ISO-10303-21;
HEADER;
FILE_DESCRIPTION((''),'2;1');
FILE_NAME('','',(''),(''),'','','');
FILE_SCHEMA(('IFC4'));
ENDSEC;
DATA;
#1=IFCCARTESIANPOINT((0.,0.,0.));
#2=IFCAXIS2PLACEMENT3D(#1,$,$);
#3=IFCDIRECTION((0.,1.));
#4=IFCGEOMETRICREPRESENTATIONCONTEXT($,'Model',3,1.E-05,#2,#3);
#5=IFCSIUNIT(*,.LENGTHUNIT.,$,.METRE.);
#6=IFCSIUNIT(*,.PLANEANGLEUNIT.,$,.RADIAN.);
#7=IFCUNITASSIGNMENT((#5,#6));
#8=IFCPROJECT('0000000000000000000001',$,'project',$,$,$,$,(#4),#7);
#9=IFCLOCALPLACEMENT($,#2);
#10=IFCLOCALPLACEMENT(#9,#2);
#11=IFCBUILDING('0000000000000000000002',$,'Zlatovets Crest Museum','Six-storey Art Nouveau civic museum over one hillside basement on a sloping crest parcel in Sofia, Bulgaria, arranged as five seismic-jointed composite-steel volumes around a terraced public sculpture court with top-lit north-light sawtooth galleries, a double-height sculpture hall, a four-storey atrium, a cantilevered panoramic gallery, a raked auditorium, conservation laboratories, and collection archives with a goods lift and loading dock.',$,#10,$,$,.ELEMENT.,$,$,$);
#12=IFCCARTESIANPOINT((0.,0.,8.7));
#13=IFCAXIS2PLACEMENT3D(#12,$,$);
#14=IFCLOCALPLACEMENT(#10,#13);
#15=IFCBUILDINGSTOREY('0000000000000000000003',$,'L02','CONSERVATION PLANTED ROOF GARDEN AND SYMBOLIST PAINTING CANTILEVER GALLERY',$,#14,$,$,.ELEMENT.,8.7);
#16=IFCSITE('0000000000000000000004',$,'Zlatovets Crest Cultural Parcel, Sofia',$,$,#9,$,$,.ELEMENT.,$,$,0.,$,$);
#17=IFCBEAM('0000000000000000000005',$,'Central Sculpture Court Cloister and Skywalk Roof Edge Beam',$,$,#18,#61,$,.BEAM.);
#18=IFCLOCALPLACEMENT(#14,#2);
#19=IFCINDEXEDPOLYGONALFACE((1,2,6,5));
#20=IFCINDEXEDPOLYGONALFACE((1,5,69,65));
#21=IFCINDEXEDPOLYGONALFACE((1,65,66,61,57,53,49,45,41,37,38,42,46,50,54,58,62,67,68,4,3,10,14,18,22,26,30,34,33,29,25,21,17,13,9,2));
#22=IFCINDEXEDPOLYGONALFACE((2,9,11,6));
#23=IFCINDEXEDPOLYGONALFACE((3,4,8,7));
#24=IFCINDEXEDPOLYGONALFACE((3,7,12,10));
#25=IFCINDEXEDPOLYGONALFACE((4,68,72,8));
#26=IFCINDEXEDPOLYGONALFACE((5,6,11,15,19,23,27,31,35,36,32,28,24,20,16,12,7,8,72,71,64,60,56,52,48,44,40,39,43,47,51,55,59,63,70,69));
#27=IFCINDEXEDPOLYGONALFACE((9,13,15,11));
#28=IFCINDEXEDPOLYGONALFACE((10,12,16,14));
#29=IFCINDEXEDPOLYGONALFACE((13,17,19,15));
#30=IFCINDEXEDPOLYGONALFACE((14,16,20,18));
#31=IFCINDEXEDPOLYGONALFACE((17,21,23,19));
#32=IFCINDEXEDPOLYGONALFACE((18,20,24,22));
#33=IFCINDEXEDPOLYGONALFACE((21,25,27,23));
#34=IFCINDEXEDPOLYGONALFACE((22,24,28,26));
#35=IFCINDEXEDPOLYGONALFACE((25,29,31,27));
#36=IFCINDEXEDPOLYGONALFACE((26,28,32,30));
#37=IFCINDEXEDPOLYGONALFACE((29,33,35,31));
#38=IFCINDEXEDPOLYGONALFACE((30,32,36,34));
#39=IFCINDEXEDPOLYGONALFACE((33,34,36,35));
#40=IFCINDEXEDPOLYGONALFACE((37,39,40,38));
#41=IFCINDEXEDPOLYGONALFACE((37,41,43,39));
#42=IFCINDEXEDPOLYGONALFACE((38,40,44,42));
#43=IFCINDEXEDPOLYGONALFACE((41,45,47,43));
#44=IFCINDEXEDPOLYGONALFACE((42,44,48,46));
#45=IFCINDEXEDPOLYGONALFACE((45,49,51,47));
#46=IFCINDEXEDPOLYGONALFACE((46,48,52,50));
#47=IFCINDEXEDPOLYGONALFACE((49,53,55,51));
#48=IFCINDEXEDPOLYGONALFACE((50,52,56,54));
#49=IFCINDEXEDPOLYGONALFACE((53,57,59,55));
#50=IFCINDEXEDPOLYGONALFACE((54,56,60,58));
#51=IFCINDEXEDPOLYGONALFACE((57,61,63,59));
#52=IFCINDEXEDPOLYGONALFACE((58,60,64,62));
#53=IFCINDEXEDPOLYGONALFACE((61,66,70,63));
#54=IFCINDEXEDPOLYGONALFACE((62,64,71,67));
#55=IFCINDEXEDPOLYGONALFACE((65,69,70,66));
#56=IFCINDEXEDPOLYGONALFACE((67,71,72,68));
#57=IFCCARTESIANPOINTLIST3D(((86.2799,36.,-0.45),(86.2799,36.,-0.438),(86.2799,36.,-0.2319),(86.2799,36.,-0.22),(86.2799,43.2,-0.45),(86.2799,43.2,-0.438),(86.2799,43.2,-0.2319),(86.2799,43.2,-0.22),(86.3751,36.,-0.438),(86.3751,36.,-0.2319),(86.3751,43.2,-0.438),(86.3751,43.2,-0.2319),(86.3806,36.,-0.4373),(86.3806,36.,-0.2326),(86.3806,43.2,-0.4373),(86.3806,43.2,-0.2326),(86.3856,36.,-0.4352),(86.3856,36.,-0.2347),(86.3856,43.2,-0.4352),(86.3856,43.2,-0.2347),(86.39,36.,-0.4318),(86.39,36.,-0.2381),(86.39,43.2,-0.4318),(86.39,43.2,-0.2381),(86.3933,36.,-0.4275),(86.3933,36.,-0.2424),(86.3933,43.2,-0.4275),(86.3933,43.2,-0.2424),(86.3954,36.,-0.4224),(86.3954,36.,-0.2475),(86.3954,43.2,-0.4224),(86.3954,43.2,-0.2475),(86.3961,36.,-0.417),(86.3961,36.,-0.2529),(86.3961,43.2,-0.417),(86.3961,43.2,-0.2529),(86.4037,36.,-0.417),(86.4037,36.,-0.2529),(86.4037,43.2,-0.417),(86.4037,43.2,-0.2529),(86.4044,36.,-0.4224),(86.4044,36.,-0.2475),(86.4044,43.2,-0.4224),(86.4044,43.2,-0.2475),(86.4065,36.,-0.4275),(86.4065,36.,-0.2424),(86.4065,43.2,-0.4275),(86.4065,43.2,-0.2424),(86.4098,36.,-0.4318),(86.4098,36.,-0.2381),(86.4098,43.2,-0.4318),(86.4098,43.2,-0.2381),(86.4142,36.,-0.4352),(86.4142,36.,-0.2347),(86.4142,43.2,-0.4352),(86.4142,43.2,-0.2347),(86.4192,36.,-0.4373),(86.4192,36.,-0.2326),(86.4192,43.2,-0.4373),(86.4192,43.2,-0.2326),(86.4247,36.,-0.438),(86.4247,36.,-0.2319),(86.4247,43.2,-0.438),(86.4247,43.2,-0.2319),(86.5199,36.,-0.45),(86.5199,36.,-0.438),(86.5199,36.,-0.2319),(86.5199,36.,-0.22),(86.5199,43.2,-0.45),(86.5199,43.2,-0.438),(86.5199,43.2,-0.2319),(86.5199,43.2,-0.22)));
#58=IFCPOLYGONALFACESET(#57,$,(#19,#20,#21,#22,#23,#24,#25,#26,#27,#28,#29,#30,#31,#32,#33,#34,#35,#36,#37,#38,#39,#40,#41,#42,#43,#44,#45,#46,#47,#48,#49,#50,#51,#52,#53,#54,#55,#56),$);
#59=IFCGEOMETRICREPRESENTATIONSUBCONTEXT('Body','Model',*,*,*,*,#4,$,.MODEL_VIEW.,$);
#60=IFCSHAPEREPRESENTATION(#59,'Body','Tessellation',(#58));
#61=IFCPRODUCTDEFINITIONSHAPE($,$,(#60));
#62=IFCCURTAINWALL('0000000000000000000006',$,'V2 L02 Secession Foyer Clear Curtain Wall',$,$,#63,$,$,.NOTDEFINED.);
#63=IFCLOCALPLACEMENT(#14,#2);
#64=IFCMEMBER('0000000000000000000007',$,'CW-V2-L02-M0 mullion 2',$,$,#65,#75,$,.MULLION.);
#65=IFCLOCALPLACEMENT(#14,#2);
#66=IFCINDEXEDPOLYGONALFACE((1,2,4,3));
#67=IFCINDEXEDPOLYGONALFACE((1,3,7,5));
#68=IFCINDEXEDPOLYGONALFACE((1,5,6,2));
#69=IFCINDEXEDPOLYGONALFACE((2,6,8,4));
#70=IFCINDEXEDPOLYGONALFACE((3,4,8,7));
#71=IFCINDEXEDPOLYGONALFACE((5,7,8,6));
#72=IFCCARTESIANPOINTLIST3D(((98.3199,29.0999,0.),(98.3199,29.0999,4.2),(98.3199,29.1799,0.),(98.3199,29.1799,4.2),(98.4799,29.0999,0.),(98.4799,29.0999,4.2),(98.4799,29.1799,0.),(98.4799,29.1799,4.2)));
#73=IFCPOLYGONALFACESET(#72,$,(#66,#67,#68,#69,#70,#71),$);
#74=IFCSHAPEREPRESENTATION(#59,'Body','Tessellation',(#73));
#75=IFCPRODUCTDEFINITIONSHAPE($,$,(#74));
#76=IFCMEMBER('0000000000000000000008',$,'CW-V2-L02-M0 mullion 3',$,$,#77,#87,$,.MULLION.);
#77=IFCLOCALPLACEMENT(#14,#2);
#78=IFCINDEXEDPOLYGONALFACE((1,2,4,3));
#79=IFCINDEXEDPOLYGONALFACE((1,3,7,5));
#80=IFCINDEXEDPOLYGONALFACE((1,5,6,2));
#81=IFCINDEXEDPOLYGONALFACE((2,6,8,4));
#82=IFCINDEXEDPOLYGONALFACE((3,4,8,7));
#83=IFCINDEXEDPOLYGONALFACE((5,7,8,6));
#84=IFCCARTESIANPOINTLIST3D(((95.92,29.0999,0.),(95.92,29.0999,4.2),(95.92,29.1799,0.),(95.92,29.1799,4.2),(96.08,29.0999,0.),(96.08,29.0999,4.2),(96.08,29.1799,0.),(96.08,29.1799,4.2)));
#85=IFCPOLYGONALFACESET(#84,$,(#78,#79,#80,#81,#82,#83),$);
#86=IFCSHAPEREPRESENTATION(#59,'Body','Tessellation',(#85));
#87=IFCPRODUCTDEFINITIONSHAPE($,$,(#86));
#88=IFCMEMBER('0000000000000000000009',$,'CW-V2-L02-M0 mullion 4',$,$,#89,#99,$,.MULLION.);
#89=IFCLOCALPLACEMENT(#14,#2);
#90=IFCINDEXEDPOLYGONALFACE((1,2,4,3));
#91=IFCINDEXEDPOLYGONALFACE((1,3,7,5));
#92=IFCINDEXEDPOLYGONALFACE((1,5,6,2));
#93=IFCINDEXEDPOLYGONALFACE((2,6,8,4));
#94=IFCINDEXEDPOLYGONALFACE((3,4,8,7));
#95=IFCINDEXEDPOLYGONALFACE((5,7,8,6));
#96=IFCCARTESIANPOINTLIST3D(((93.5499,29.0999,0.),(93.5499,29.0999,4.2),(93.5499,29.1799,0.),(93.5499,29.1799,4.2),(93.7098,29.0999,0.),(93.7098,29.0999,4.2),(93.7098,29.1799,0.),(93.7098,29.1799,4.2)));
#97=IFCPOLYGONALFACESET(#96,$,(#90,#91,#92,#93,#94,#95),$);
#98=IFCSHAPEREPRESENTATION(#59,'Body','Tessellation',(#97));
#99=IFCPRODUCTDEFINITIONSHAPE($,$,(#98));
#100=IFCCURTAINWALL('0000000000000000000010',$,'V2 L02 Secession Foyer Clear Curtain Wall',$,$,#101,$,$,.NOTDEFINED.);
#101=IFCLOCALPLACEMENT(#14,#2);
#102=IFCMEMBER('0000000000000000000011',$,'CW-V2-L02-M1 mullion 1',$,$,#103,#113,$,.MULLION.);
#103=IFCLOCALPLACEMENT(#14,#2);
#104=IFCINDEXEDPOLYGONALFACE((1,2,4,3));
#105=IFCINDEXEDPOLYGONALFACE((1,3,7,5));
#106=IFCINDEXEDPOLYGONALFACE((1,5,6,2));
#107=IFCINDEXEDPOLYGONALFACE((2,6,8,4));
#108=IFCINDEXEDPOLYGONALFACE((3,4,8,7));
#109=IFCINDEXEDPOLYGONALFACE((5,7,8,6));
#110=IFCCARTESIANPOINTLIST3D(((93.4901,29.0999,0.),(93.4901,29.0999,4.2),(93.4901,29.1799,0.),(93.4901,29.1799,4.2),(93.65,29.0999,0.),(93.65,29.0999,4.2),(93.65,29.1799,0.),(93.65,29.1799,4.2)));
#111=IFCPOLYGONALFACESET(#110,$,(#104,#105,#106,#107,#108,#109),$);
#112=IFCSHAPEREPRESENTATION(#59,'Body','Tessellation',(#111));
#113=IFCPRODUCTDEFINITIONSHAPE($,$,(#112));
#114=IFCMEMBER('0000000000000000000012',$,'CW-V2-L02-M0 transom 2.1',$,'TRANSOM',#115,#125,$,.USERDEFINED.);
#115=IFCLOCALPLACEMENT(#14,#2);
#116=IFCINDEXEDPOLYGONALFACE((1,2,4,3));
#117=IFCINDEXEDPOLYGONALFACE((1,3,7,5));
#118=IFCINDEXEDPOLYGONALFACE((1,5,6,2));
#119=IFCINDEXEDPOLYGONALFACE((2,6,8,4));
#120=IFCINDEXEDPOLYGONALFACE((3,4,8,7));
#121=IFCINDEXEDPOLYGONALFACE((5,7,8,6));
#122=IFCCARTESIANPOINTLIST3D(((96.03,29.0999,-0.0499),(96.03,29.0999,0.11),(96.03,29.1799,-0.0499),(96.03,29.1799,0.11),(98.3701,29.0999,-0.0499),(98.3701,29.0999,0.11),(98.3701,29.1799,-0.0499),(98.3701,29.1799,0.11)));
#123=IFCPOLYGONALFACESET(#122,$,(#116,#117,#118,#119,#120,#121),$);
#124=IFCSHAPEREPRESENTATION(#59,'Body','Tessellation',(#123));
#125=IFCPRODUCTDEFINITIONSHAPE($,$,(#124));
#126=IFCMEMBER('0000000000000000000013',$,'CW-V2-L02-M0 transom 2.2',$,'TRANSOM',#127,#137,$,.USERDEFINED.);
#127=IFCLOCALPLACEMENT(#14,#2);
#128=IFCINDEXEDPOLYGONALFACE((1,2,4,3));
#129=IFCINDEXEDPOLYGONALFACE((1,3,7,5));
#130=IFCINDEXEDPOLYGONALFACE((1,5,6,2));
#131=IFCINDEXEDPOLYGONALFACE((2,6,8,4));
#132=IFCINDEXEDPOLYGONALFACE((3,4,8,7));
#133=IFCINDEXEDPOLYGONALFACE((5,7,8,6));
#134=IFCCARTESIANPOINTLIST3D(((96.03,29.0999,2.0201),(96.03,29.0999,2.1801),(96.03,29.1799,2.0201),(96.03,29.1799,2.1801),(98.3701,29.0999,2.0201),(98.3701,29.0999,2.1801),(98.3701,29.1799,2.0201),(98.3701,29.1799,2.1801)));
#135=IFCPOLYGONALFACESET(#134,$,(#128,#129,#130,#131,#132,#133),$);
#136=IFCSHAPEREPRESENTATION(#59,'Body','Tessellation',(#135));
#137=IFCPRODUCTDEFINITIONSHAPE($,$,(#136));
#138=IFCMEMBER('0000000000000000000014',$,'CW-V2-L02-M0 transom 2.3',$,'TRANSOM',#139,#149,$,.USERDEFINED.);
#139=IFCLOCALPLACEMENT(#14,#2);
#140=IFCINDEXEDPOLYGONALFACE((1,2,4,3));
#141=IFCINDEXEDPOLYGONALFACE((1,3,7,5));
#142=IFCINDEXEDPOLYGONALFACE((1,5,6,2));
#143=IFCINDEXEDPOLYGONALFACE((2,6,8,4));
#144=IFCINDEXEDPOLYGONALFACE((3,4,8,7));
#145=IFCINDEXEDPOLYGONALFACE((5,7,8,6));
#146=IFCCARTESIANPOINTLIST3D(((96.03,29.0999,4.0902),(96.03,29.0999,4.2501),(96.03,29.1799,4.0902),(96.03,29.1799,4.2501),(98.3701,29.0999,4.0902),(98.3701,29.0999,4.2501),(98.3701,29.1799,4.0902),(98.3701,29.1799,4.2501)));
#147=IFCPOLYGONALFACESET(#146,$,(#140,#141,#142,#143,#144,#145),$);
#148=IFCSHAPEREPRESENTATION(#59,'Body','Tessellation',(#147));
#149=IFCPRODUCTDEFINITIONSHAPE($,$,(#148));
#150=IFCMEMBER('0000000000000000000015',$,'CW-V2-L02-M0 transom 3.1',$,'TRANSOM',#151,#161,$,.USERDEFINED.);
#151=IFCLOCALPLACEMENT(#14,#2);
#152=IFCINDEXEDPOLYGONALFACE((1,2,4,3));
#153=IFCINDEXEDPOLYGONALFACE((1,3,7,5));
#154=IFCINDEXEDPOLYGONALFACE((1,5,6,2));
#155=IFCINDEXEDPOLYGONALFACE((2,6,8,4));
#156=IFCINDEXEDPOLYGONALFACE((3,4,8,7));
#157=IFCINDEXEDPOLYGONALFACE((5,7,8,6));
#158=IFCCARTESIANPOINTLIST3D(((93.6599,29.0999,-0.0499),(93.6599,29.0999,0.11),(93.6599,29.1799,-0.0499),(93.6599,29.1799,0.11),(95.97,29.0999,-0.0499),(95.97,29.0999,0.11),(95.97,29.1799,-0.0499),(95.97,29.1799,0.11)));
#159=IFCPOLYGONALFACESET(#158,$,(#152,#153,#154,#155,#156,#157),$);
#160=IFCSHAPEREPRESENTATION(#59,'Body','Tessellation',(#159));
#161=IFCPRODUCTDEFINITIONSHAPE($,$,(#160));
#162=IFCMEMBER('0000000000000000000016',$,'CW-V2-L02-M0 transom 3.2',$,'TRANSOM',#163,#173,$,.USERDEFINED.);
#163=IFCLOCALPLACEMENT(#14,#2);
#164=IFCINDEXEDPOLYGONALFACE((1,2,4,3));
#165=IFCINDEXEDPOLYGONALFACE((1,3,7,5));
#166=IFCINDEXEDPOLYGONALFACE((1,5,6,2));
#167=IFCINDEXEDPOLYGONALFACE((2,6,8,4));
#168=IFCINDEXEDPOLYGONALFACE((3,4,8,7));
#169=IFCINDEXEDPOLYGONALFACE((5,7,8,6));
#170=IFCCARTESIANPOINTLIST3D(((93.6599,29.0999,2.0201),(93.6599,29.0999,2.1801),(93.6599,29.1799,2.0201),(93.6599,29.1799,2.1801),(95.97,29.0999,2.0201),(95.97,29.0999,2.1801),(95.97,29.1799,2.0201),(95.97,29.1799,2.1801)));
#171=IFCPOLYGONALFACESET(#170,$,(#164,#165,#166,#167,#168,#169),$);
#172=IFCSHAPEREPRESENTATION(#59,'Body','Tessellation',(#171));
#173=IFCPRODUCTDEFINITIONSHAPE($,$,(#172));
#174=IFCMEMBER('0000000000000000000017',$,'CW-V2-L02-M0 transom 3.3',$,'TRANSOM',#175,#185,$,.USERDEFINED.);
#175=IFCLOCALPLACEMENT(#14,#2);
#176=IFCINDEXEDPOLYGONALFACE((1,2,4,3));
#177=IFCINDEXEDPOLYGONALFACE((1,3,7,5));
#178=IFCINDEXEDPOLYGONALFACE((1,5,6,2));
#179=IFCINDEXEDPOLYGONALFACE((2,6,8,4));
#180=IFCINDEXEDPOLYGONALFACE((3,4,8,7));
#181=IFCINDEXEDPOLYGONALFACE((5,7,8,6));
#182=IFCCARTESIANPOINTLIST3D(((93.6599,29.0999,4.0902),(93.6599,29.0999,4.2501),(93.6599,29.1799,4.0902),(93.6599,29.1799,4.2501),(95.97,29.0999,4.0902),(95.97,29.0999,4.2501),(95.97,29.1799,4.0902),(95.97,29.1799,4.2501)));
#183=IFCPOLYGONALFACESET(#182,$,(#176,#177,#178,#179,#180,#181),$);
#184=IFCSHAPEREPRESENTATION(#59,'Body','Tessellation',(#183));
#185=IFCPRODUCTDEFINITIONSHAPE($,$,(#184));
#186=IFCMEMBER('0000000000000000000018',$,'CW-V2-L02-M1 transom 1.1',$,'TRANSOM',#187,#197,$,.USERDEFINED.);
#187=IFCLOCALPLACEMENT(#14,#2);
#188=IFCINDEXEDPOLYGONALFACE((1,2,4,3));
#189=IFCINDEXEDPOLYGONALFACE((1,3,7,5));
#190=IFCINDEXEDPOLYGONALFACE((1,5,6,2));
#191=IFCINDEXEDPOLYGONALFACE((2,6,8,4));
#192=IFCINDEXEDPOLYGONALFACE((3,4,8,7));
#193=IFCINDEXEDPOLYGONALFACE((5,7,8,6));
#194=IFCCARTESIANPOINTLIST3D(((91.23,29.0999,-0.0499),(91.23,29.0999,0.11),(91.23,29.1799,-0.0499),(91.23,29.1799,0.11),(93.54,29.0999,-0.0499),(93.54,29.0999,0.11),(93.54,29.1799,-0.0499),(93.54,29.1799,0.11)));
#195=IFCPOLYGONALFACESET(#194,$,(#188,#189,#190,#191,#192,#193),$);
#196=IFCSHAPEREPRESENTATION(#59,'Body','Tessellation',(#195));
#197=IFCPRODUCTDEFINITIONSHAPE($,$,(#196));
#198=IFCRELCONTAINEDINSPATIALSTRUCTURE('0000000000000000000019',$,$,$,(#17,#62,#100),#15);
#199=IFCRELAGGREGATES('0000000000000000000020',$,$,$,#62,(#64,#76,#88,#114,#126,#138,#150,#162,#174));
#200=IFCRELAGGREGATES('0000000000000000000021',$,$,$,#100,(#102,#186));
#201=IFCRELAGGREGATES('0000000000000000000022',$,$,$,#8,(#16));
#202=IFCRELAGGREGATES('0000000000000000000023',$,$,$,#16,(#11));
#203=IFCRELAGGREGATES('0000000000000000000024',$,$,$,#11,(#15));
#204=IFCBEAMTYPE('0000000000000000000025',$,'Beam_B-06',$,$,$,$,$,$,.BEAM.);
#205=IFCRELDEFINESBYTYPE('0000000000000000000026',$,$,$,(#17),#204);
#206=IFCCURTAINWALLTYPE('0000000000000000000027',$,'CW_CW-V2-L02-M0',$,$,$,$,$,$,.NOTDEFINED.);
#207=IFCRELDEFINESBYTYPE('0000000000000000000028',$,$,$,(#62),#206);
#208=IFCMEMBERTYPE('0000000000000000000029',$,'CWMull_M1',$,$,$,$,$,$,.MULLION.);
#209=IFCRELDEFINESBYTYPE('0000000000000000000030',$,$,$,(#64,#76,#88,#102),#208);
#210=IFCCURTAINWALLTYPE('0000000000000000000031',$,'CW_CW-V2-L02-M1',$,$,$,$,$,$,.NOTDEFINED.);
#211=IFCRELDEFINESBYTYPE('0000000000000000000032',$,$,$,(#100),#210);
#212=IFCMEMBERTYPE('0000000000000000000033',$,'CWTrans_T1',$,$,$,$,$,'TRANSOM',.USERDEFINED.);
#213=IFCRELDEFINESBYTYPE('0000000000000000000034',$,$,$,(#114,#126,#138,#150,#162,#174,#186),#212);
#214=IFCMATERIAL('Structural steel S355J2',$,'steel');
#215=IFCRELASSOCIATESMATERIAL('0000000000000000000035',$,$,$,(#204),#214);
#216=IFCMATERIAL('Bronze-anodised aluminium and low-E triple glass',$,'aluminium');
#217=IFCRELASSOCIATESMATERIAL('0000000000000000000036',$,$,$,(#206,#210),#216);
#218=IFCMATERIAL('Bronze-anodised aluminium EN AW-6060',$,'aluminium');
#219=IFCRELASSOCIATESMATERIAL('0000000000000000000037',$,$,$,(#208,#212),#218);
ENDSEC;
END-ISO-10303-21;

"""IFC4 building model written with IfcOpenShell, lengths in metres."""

from ifc_helpers import new_model, si_unit, direction, frame, origin, origin_2d, place, context, subcontext, project, spatial, rectangle, i_section, extrude, material, material_profile, profile_set, type_object, element, aggregate, save


model = new_model("IFC4")

# Units and contexts
model_context = context("Model", 3, precision=1e-05, world=origin(), true_north=direction((0.0, 1.0)))
body_context = subcontext(model_context, "Body", "Model", "MODEL_VIEW")
ifc_project = project(units=[si_unit("LENGTHUNIT", "METRE"), si_unit("PLANEANGLEUNIT", "RADIAN")], contexts=[model_context])

# Site, building, storey
site_placement = place(None, origin())
site = spatial("IfcSite", under=ifc_project, at=site_placement, Name="Zlatovets Crest Cultural Parcel, Sofia", CompositionType="ELEMENT", RefElevation=0.0)
building_placement = place(site_placement, origin())
building = spatial("IfcBuilding", under=site, at=building_placement, Name="Zlatovets Crest Museum", Description="Six-storey Art Nouveau civic museum over one hillside basement on a sloping crest parcel in Sofia, Bulgaria, arranged as five seismic-jointed composite-steel volumes around a terraced public sculpture court with top-lit north-light sawtooth galleries, a double-height sculpture hall, a four-storey atrium, a cantilevered panoramic gallery, a raked auditorium, conservation laboratories, and collection archives with a goods lift and loading dock.", CompositionType="ELEMENT")
storey_placement = place(building_placement, frame((0.0, 0.0, 8.7)))
storey = spatial("IfcBuildingStorey", under=building, at=storey_placement, Name="L02", Description="CONSERVATION PLANTED ROOF GARDEN AND SYMBOLIST PAINTING CANTILEVER GALLERY", CompositionType="ELEMENT", Elevation=8.7)

# Beam
ifc_material_1 = material(Name="Structural steel S355J2", Category="steel")
ifc_material_profile_1 = material_profile(ifc_material_1, i_section(OverallWidth=0.24, OverallDepth=0.23, WebThickness=0.0076, FlangeThickness=0.012, FilletRadius=0.021, at=origin_2d()), Name="HEA 240")
ifc_profile_set_1 = profile_set([ifc_material_profile_1], Name="Structural steel S355J2")
beam_type = type_object("IfcBeamType", Name="Beam_B-06", PredefinedType="BEAM", material=ifc_profile_set_1)
beam_placement = place(storey_placement, frame((86.3999, 36.0, -0.335), z_axis=(0.0, 1.0, 0.0), x_axis=(-1.0, 0.0, 0.0)))
element("IfcBeam", 1, at=beam_placement, inside=storey, type_object=beam_type, Name="Central Sculpture Court Cloister and Skywalk Roof Edge Beam", PredefinedType="BEAM", context=body_context, shape_type="SweptSolid", body=[
    extrude(i_section(OverallWidth=0.24, OverallDepth=0.23, WebThickness=0.0076, FlangeThickness=0.012, FilletRadius=0.021, at=origin_2d()), origin(), (0.0, 0.0, 1.0), 7.2),
])

# Curtain wall, members
ifc_material_2 = material(Name="Bronze-anodised aluminium and low-E triple glass", Category="aluminium")
curtain_wall_type_1 = type_object("IfcCurtainWallType", Name="CW_CW-V2-L02-M0", PredefinedType="NOTDEFINED", material=ifc_material_2)
curtain_wall_1_placement = place(storey_placement, origin())
curtain_wall_1 = element("IfcCurtainWall", 2, at=curtain_wall_1_placement, inside=storey, type_object=curtain_wall_type_1, Name="V2 L02 Secession Foyer Clear Curtain Wall", PredefinedType="NOTDEFINED")
ifc_material_3 = material(Name="Bronze-anodised aluminium EN AW-6060", Category="aluminium")
ifc_material_profile_2 = material_profile(ifc_material_3, rectangle(XDim=0.0801, YDim=0.1599, at=origin_2d()), Name="ALU 80x160")
ifc_profile_set_2 = profile_set([ifc_material_profile_2], Name="Bronze-anodised aluminium EN AW-6060")
member_type_1 = type_object("IfcMemberType", Name="CWMull_M1", PredefinedType="MULLION", material=ifc_profile_set_2)
member_1_placement = place(storey_placement, frame((98.3999, 29.1399, 0.0), z_axis=(0.0, 0.0, 1.0), x_axis=(0.0, -1.0, 0.0)))
member_1 = element("IfcMember", 3, at=member_1_placement, type_object=member_type_1, Name="CW-V2-L02-M0 mullion 2", PredefinedType="MULLION", context=body_context, shape_type="SweptSolid", body=[
    extrude(rectangle(XDim=0.0801, YDim=0.1599, at=origin_2d()), origin(), (0.0, 0.0, 1.0), 4.2),
])
member_2_placement = place(storey_placement, frame((96.0, 29.1399, 0.0), z_axis=(0.0, 0.0, 1.0), x_axis=(0.0, -1.0, 0.0)))
member_2 = element("IfcMember", 4, at=member_2_placement, type_object=member_type_1, Name="CW-V2-L02-M0 mullion 3", PredefinedType="MULLION", context=body_context, shape_type="SweptSolid", body=[
    extrude(rectangle(XDim=0.0801, YDim=0.1599, at=origin_2d()), origin(), (0.0, 0.0, 1.0), 4.2),
])
member_3_placement = place(storey_placement, frame((93.6299, 29.1399, 0.0), z_axis=(0.0, 0.0, 1.0), x_axis=(0.0, -1.0, 0.0)))
member_3 = element("IfcMember", 5, at=member_3_placement, type_object=member_type_1, Name="CW-V2-L02-M0 mullion 4", PredefinedType="MULLION", context=body_context, shape_type="SweptSolid", body=[
    extrude(rectangle(XDim=0.0801, YDim=0.1599, at=origin_2d()), origin(), (0.0, 0.0, 1.0), 4.2),
])

# Curtain wall, member
curtain_wall_type_2 = type_object("IfcCurtainWallType", Name="CW_CW-V2-L02-M1", PredefinedType="NOTDEFINED", material=ifc_material_2)
curtain_wall_2_placement = place(storey_placement, origin())
curtain_wall_2 = element("IfcCurtainWall", 6, at=curtain_wall_2_placement, inside=storey, type_object=curtain_wall_type_2, Name="V2 L02 Secession Foyer Clear Curtain Wall", PredefinedType="NOTDEFINED")
member_4_placement = place(storey_placement, frame((93.5701, 29.1399, 0.0), z_axis=(0.0, 0.0, 1.0), x_axis=(0.0, -1.0, 0.0)))
member_4 = element("IfcMember", 7, at=member_4_placement, type_object=member_type_1, Name="CW-V2-L02-M1 mullion 1", PredefinedType="MULLION", context=body_context, shape_type="SweptSolid", body=[
    extrude(rectangle(XDim=0.0801, YDim=0.1599, at=origin_2d()), origin(), (0.0, 0.0, 1.0), 4.2),
])

# Members
ifc_material_profile_3 = material_profile(ifc_material_3, rectangle(XDim=0.0801, YDim=0.1599, at=origin_2d()), Name="ALU 80x160")
ifc_profile_set_3 = profile_set([ifc_material_profile_3], Name="Bronze-anodised aluminium EN AW-6060")
member_type_2 = type_object("IfcMemberType", Name="CWTrans_T1", ElementType="TRANSOM", PredefinedType="USERDEFINED", material=ifc_profile_set_3)
member_5_placement = place(storey_placement, frame((98.3701, 29.1399, 0.03), z_axis=(-1.0, 0.0, 0.0), x_axis=(0.0, -1.0, 0.0)))
member_5 = element("IfcMember", 8, at=member_5_placement, type_object=member_type_2, Name="CW-V2-L02-M0 transom 2.1", ObjectType="TRANSOM", PredefinedType="USERDEFINED", context=body_context, shape_type="SweptSolid", body=[
    extrude(rectangle(XDim=0.0801, YDim=0.1599, at=origin_2d()), origin(), (0.0, 0.0, 1.0), 2.3401),
])
member_6_placement = place(storey_placement, frame((98.3701, 29.1399, 2.1001), z_axis=(-1.0, 0.0, 0.0), x_axis=(0.0, -1.0, 0.0)))
member_6 = element("IfcMember", 9, at=member_6_placement, type_object=member_type_2, Name="CW-V2-L02-M0 transom 2.2", ObjectType="TRANSOM", PredefinedType="USERDEFINED", context=body_context, shape_type="SweptSolid", body=[
    extrude(rectangle(XDim=0.0801, YDim=0.1599, at=origin_2d()), origin(), (0.0, 0.0, 1.0), 2.3401),
])
member_7_placement = place(storey_placement, frame((98.3701, 29.1399, 4.1702), z_axis=(-1.0, 0.0, 0.0), x_axis=(0.0, -1.0, 0.0)))
member_7 = element("IfcMember", 10, at=member_7_placement, type_object=member_type_2, Name="CW-V2-L02-M0 transom 2.3", ObjectType="TRANSOM", PredefinedType="USERDEFINED", context=body_context, shape_type="SweptSolid", body=[
    extrude(rectangle(XDim=0.0801, YDim=0.1599, at=origin_2d()), origin(), (0.0, 0.0, 1.0), 2.3401),
])
member_8_placement = place(storey_placement, frame((95.97, 29.1399, 0.03), z_axis=(-1.0, 0.0, 0.0), x_axis=(0.0, -1.0, 0.0)))
member_8 = element("IfcMember", 11, at=member_8_placement, type_object=member_type_2, Name="CW-V2-L02-M0 transom 3.1", ObjectType="TRANSOM", PredefinedType="USERDEFINED", context=body_context, shape_type="SweptSolid", body=[
    extrude(rectangle(XDim=0.0801, YDim=0.1599, at=origin_2d()), origin(), (0.0, 0.0, 1.0), 2.3101),
])
member_9_placement = place(storey_placement, frame((95.97, 29.1399, 2.1001), z_axis=(-1.0, 0.0, 0.0), x_axis=(0.0, -1.0, 0.0)))
member_9 = element("IfcMember", 12, at=member_9_placement, type_object=member_type_2, Name="CW-V2-L02-M0 transom 3.2", ObjectType="TRANSOM", PredefinedType="USERDEFINED", context=body_context, shape_type="SweptSolid", body=[
    extrude(rectangle(XDim=0.0801, YDim=0.1599, at=origin_2d()), origin(), (0.0, 0.0, 1.0), 2.3101),
])
member_10_placement = place(storey_placement, frame((95.97, 29.1399, 4.1702), z_axis=(-1.0, 0.0, 0.0), x_axis=(0.0, -1.0, 0.0)))
member_10 = element("IfcMember", 13, at=member_10_placement, type_object=member_type_2, Name="CW-V2-L02-M0 transom 3.3", ObjectType="TRANSOM", PredefinedType="USERDEFINED", context=body_context, shape_type="SweptSolid", body=[
    extrude(rectangle(XDim=0.0801, YDim=0.1599, at=origin_2d()), origin(), (0.0, 0.0, 1.0), 2.3101),
])
member_11_placement = place(storey_placement, frame((93.54, 29.1399, 0.03), z_axis=(-1.0, 0.0, 0.0), x_axis=(0.0, -1.0, 0.0)))
member_11 = element("IfcMember", 14, at=member_11_placement, type_object=member_type_2, Name="CW-V2-L02-M1 transom 1.1", ObjectType="TRANSOM", PredefinedType="USERDEFINED", context=body_context, shape_type="SweptSolid", body=[
    extrude(rectangle(XDim=0.0801, YDim=0.1599, at=origin_2d()), origin(), (0.0, 0.0, 1.0), 2.3101),
])

aggregate(curtain_wall_1, [member_1, member_2, member_3, member_5, member_6, member_7, member_8, member_9, member_10])
aggregate(curtain_wall_2, [member_4, member_11])

save(model, "model.ifc")
